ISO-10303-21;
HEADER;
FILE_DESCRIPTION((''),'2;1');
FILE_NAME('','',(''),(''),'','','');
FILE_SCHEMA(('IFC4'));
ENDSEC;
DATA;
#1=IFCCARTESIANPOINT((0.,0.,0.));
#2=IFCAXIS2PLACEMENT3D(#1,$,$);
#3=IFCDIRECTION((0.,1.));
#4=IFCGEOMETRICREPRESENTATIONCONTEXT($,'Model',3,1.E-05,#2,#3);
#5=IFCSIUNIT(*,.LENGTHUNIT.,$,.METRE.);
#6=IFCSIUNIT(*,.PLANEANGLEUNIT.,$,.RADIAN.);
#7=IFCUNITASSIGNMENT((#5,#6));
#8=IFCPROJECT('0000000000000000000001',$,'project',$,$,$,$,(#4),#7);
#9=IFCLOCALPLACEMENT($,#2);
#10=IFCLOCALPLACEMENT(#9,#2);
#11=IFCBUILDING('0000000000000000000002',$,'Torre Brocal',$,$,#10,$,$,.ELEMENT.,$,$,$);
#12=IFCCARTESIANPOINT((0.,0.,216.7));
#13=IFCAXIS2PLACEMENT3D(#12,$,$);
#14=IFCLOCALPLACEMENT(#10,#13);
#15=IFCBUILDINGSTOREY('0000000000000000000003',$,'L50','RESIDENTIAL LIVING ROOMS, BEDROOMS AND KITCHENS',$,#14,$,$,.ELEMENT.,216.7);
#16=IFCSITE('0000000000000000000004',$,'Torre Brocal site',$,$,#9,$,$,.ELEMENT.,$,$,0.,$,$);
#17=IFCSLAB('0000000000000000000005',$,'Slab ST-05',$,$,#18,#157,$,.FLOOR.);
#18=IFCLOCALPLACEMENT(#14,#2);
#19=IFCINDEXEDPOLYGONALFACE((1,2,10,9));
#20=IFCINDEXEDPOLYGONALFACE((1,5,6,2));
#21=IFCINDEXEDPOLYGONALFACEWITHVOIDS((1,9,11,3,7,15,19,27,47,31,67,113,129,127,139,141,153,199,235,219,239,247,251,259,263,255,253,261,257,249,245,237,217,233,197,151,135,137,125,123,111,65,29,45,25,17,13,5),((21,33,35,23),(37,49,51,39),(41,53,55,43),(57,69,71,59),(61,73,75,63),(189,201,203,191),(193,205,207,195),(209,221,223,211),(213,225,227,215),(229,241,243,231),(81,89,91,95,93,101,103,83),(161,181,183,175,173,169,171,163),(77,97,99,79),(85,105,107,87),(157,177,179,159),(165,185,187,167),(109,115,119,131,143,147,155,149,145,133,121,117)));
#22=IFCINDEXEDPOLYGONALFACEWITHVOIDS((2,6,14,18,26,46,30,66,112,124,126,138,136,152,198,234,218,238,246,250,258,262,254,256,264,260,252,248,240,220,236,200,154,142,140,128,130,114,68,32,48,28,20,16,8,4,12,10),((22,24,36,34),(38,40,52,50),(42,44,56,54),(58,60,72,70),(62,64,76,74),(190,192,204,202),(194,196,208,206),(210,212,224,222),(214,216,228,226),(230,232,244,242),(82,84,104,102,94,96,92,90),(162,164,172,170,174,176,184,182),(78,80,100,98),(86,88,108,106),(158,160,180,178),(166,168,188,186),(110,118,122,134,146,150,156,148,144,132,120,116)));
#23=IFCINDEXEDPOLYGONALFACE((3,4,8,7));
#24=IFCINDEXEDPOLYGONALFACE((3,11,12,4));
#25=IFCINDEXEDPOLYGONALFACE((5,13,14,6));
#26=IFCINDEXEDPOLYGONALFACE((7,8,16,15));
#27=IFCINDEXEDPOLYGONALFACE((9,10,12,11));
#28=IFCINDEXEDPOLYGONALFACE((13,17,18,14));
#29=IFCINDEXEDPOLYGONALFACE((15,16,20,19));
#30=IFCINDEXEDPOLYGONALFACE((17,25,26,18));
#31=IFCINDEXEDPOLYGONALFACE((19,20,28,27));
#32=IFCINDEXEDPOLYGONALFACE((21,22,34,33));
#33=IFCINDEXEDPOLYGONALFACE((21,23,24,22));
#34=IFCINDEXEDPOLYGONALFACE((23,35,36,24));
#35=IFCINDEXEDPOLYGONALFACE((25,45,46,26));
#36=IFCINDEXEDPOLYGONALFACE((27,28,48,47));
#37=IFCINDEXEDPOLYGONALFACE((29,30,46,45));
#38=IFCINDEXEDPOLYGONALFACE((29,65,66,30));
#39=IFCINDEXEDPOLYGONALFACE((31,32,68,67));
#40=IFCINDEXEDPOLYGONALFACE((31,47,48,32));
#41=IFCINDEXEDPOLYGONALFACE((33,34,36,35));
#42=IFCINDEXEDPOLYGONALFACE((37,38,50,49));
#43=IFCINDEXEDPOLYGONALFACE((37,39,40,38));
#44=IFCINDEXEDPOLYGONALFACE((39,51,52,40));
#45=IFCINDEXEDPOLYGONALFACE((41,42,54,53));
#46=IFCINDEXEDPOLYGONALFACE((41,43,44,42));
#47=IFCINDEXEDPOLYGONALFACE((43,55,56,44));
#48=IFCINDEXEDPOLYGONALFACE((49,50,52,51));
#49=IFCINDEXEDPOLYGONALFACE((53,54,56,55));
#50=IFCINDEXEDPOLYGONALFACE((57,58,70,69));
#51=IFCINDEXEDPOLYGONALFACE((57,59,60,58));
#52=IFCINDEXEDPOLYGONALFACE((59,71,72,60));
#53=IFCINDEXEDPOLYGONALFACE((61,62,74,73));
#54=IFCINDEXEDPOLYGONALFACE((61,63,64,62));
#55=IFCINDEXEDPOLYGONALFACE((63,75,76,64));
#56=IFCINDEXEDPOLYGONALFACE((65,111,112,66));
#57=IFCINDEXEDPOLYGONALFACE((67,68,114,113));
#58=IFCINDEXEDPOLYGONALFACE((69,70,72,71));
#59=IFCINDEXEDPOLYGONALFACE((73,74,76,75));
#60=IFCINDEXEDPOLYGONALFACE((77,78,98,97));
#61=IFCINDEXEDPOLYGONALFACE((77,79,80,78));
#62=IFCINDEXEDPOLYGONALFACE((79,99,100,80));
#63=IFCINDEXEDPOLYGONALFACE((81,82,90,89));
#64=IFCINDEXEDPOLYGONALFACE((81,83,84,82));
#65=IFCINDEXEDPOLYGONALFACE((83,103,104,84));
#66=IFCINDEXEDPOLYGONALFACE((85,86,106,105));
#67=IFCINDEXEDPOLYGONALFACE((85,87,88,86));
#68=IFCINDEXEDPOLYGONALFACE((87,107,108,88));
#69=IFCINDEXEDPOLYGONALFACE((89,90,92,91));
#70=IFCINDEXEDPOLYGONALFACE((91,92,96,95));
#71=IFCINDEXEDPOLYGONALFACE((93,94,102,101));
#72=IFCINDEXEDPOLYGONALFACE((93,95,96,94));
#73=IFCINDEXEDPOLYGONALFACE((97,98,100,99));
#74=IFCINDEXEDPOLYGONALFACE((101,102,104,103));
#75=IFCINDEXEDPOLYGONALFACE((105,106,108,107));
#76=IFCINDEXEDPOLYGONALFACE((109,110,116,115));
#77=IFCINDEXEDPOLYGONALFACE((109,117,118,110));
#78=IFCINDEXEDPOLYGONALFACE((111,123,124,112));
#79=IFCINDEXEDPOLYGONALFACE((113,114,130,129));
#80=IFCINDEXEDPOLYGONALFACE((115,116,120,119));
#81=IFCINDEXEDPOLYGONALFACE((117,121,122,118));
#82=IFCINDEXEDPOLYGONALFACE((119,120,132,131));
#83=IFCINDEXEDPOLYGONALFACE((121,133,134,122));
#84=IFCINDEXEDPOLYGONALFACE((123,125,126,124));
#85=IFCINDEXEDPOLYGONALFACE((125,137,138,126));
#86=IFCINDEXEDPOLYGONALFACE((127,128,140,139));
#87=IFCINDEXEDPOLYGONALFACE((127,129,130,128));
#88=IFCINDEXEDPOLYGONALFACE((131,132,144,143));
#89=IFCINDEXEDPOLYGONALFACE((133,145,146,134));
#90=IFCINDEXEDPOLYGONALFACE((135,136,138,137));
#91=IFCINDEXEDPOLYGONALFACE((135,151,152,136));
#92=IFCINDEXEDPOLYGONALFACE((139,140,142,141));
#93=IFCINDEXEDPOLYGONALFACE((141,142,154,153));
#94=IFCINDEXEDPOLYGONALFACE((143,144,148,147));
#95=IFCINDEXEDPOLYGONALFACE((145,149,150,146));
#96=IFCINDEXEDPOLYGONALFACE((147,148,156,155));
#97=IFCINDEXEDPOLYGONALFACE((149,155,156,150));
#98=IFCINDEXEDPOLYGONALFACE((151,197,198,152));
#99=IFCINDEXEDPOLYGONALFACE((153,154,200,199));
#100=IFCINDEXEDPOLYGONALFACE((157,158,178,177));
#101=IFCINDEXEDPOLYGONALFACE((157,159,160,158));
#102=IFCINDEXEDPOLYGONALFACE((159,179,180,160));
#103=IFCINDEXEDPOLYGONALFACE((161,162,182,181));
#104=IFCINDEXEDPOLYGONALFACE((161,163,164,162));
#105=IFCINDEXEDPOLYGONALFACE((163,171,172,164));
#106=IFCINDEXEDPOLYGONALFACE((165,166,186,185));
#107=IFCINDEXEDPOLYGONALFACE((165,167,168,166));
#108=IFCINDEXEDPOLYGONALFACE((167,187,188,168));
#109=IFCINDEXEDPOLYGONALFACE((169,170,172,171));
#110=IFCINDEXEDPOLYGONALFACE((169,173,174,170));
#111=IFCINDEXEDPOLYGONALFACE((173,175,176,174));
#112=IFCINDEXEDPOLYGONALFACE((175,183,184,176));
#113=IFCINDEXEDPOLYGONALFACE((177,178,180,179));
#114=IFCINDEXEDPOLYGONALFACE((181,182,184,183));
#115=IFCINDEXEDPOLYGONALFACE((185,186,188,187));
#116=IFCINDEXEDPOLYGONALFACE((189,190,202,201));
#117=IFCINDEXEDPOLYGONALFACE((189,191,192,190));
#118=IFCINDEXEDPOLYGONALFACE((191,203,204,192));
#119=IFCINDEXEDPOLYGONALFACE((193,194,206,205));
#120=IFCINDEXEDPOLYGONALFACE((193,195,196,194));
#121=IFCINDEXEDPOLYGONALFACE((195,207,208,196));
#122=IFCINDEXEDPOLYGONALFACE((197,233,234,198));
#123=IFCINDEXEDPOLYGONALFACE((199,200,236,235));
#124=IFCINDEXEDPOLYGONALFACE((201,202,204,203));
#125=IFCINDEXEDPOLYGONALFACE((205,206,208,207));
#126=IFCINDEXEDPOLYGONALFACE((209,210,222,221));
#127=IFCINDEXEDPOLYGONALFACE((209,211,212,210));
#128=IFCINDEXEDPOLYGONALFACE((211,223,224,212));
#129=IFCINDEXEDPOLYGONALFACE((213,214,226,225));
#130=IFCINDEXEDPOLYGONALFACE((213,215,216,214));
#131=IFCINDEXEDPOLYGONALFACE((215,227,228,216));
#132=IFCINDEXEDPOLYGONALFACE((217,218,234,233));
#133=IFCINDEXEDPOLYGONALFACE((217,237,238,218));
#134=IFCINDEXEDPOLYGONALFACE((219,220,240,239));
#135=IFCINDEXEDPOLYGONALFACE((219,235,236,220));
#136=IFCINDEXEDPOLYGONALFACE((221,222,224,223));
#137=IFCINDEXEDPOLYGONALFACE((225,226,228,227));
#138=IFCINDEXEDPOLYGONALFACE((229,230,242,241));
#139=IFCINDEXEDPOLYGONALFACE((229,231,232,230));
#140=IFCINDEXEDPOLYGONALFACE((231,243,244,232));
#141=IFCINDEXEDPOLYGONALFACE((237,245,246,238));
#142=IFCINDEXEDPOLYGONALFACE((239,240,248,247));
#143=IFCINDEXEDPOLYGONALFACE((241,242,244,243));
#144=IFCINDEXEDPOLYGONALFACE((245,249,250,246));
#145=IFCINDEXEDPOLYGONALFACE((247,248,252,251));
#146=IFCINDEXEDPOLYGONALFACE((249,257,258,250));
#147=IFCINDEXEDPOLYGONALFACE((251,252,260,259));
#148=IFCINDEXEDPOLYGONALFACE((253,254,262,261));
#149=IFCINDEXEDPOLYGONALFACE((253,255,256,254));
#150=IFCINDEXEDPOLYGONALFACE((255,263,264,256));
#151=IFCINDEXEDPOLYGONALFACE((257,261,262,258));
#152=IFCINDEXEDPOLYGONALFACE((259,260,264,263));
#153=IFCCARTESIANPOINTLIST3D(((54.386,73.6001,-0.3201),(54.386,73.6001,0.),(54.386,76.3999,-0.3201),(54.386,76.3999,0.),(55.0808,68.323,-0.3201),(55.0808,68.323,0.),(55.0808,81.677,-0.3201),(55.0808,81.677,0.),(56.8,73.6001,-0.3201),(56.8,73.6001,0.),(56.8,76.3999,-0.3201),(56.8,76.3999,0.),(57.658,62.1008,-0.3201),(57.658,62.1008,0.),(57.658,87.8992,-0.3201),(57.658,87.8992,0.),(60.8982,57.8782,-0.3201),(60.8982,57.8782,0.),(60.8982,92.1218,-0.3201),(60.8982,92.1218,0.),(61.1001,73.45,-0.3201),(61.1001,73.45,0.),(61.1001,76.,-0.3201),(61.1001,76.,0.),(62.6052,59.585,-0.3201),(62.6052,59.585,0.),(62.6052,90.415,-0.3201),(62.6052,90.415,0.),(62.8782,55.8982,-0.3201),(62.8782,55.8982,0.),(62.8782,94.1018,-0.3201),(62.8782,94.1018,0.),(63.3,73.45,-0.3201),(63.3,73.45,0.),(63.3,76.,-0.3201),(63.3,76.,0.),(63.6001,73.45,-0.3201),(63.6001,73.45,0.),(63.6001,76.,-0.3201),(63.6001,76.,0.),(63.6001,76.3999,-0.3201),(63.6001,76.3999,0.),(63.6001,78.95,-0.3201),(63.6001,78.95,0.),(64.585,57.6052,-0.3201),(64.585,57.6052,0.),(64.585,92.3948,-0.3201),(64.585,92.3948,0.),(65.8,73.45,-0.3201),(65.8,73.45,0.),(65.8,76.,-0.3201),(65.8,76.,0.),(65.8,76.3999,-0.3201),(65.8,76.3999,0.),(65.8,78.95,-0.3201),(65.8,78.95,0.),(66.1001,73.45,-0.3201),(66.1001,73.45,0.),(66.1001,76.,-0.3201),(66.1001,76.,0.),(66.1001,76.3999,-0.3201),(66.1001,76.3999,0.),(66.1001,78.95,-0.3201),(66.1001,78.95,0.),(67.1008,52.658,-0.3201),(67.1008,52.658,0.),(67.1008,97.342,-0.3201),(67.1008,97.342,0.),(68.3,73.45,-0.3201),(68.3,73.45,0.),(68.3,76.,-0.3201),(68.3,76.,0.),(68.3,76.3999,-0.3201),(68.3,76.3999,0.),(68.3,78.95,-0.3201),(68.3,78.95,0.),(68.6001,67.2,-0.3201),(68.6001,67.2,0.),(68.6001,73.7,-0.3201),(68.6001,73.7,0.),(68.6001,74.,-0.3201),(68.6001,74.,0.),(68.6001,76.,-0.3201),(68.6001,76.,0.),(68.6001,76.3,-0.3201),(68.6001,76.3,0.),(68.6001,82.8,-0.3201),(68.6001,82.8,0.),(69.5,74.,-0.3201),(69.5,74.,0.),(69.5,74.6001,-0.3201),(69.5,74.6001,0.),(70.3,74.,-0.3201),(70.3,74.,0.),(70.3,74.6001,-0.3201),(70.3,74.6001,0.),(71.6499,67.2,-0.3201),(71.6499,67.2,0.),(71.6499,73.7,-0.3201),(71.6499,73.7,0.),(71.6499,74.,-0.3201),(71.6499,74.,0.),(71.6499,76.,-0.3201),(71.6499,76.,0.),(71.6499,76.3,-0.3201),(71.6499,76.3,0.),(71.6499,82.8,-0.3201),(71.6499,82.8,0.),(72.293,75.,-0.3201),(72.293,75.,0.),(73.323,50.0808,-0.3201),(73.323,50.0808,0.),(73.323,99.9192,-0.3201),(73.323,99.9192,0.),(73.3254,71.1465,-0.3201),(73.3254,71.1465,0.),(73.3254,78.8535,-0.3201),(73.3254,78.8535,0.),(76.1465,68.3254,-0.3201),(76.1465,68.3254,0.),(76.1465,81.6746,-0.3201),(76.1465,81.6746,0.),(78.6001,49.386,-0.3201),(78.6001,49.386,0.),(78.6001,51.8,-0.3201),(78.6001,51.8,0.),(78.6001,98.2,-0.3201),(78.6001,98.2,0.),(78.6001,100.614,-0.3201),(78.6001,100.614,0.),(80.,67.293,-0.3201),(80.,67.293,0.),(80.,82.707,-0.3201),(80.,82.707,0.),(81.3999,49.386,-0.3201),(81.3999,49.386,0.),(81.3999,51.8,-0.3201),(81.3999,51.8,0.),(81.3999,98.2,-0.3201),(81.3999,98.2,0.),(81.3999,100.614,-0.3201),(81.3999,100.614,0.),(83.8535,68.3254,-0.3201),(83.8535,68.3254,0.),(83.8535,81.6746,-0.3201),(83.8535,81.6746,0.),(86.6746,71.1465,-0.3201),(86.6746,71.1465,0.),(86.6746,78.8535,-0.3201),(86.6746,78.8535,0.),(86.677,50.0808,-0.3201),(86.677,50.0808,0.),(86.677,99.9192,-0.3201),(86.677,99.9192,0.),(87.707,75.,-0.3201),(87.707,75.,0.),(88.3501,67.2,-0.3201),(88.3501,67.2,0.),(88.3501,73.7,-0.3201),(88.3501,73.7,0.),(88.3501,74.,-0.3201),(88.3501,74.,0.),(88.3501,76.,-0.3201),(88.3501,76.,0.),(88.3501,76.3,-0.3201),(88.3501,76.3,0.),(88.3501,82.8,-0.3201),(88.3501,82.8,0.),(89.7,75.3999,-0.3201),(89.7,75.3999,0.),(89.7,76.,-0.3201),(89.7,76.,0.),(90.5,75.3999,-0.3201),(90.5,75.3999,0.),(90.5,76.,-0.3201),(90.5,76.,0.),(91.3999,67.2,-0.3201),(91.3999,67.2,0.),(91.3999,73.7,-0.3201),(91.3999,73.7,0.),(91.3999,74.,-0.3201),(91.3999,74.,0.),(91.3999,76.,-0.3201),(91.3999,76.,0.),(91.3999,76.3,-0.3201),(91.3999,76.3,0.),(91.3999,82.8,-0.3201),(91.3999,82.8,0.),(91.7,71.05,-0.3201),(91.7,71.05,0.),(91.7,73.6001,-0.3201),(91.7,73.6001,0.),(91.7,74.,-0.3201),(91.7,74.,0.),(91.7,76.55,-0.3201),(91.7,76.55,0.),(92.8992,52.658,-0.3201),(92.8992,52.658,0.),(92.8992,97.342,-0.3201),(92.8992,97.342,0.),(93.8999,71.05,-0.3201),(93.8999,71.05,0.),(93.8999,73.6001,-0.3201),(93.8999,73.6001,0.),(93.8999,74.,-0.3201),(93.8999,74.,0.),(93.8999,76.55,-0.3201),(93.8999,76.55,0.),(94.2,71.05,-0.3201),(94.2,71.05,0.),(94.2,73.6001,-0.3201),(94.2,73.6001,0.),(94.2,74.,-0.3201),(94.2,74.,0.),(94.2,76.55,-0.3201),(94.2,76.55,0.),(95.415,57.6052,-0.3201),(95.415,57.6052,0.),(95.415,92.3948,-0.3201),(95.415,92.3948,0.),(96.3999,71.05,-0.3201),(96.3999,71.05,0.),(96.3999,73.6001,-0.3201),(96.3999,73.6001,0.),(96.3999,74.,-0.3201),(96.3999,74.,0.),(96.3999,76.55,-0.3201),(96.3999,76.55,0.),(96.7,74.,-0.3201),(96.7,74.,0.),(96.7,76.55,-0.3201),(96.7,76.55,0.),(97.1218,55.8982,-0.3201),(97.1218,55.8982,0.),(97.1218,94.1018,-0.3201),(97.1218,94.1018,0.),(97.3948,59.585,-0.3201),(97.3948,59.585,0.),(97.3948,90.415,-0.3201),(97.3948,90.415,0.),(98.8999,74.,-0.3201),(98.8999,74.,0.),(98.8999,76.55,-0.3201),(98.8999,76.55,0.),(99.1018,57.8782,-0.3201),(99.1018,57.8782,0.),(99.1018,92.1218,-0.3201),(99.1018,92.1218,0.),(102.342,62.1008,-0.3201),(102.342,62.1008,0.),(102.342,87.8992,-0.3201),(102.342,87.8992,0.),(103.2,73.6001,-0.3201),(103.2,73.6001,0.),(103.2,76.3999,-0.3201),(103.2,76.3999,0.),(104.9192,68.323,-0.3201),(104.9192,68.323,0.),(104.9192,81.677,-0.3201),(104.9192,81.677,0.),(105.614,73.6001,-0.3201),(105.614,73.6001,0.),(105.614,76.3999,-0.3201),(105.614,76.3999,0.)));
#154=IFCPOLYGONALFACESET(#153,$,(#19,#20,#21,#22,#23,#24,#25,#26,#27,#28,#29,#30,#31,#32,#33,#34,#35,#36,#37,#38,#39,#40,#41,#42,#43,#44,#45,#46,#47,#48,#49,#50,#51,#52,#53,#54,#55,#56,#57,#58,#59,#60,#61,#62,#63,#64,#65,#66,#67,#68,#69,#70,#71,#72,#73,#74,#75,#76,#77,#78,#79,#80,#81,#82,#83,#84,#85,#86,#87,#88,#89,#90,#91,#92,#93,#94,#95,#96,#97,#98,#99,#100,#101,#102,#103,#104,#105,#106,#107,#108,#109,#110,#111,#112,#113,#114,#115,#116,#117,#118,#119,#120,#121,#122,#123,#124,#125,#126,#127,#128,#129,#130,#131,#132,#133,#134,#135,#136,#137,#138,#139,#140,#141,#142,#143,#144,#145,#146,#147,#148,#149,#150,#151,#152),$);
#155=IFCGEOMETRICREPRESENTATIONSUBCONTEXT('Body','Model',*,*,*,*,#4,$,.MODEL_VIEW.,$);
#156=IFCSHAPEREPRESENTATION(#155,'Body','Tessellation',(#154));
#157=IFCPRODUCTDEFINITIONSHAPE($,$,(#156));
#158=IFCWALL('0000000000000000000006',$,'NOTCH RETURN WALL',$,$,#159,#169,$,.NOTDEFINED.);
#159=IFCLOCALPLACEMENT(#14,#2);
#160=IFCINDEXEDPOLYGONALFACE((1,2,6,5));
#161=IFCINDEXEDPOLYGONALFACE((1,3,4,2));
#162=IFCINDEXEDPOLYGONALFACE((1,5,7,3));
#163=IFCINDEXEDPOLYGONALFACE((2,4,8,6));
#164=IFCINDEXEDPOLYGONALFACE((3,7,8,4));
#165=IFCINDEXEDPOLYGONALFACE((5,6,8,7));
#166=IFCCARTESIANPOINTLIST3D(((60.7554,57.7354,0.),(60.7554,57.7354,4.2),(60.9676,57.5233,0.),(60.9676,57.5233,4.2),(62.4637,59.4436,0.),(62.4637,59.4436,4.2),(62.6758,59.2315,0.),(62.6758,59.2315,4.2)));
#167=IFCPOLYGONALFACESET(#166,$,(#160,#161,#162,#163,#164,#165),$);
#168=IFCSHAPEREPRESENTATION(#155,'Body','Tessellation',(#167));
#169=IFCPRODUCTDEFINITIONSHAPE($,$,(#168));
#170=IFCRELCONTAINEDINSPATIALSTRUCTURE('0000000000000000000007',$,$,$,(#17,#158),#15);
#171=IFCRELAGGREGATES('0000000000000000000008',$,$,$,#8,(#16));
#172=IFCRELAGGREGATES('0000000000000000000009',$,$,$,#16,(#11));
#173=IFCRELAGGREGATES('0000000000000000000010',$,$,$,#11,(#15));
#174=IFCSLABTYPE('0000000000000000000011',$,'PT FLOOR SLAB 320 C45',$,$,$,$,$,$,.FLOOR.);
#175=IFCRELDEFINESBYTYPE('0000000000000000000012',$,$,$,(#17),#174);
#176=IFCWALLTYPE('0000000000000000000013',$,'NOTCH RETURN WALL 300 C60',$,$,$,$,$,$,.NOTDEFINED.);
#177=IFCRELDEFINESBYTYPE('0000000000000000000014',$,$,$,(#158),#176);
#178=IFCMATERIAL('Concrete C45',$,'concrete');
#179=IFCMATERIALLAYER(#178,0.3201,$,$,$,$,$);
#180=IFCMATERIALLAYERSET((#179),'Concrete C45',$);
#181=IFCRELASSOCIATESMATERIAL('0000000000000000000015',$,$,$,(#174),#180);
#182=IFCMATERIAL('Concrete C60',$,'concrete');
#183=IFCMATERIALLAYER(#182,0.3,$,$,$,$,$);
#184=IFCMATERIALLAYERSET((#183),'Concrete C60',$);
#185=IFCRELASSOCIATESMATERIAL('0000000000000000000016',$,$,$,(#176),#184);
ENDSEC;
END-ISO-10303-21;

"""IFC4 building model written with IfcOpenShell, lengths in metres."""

from ifc_helpers import new_model, si_unit, direction, frame, frame_2d, origin, place, context, subcontext, project, spatial, polyline, rectangle, outline, extrude, material, layer, layer_set, type_object, element, save


model = new_model("IFC4")

# Units and contexts
model_context = context("Model", 3, precision=1e-05, world=origin(), true_north=direction((0.0, 1.0)))
body_context = subcontext(model_context, "Body", "Model", "MODEL_VIEW")
ifc_project = project(units=[si_unit("LENGTHUNIT", "METRE"), si_unit("PLANEANGLEUNIT", "RADIAN")], contexts=[model_context])

# Site, building, storey
site_placement = place(None, origin())
site = spatial("IfcSite", under=ifc_project, at=site_placement, Name="Torre Brocal site", CompositionType="ELEMENT", RefElevation=0.0)
building_placement = place(site_placement, origin())
building = spatial("IfcBuilding", under=site, at=building_placement, Name="Torre Brocal", CompositionType="ELEMENT")
storey_placement = place(building_placement, frame((0.0, 0.0, 216.7)))
storey = spatial("IfcBuildingStorey", under=building, at=storey_placement, Name="L50", Description="RESIDENTIAL LIVING ROOMS, BEDROOMS AND KITCHENS", CompositionType="ELEMENT", Elevation=216.7)

# Slab
ifc_material_1 = material(Name="Concrete C45", Category="concrete")
ifc_layer_1 = layer(ifc_material_1, 0.3201)
ifc_layer_set_1 = layer_set([ifc_layer_1], Name="Concrete C45")
slab_type_1 = type_object("IfcSlabType", Name="PT FLOOR SLAB 320 C45", PredefinedType="FLOOR", material=ifc_layer_set_1)
slab_1_placement = place(storey_placement, frame((0.0, 0.0, -0.3201)))
element("IfcSlab", 1, at=slab_1_placement, inside=storey, type_object=slab_type_1, Name="Slab ST-05", PredefinedType="FLOOR", context=body_context, shape_type="SweptSolid", body=[
    extrude(outline(polyline([(103.2, 76.3999), (103.2, 73.6001), (105.614, 73.6001), (104.9192, 68.323), (102.342, 62.1008), (99.1018, 57.8782), (97.3948, 59.585), (95.415, 57.6052), (97.1218, 55.8982), (92.8992, 52.658), (86.677, 50.0808), (81.3999, 49.386), (81.3999, 51.8), (78.6001, 51.8), (78.6001, 49.386), (73.323, 50.0808), (67.1008, 52.658), (62.8782, 55.8982), (64.585, 57.6052), (62.6052, 59.585), (60.8982, 57.8782), (57.658, 62.1008), (55.0808, 68.323), (54.386, 73.6001), (56.8, 73.6001), (56.8, 76.3999), (54.386, 76.3999), (55.0808, 81.677), (57.658, 87.8992), (60.8982, 92.1218), (62.6052, 90.415), (64.585, 92.3948), (62.8782, 94.1018), (67.1008, 97.342), (73.323, 99.9192), (78.6001, 100.614), (78.6001, 98.2), (81.3999, 98.2), (81.3999, 100.614), (86.677, 99.9192), (92.8992, 97.342), (97.1218, 94.1018), (95.415, 92.3948), (97.3948, 90.415), (99.1018, 92.1218), (102.342, 87.8992), (104.9192, 81.677), (105.614, 76.3999), (103.2, 76.3999)]), holes=[polyline([(98.8999, 76.55), (96.7, 76.55), (96.7, 74.0), (98.8999, 74.0), (98.8999, 76.55)]), polyline([(96.3999, 76.55), (94.2, 76.55), (94.2, 74.0), (96.3999, 74.0), (96.3999, 76.55)]), polyline([(96.3999, 73.6001), (94.2, 73.6001), (94.2, 71.05), (96.3999, 71.05), (96.3999, 73.6001)]), polyline([(93.8999, 76.55), (91.7, 76.55), (91.7, 74.0), (93.8999, 74.0), (93.8999, 76.55)]), polyline([(93.8999, 73.6001), (91.7, 73.6001), (91.7, 71.05), (93.8999, 71.05), (93.8999, 73.6001)]), polyline([(89.7, 76.0), (88.3501, 76.0), (88.3501, 74.0), (91.3999, 74.0), (91.3999, 76.0), (90.5, 76.0), (90.5, 75.3999), (89.7, 75.3999), (89.7, 76.0)]), polyline([(91.3999, 82.8), (88.3501, 82.8), (88.3501, 76.3), (91.3999, 76.3), (91.3999, 82.8)]), polyline([(91.3999, 73.7), (88.3501, 73.7), (88.3501, 67.2), (91.3999, 67.2), (91.3999, 73.7)]), polyline([(80.0, 82.707), (76.1465, 81.6746), (73.3254, 78.8535), (72.293, 75.0), (73.3254, 71.1465), (76.1465, 68.3254), (80.0, 67.293), (83.8535, 68.3254), (86.6746, 71.1465), (87.707, 75.0), (86.6746, 78.8535), (83.8535, 81.6746), (80.0, 82.707)]), polyline([(70.3, 74.0), (71.6499, 74.0), (71.6499, 76.0), (68.6001, 76.0), (68.6001, 74.0), (69.5, 74.0), (69.5, 74.6001), (70.3, 74.6001), (70.3, 74.0)]), polyline([(68.6001, 76.3), (71.6499, 76.3), (71.6499, 82.8), (68.6001, 82.8), (68.6001, 76.3)]), polyline([(68.6001, 67.2), (71.6499, 67.2), (71.6499, 73.7), (68.6001, 73.7), (68.6001, 67.2)]), polyline([(66.1001, 76.3999), (68.3, 76.3999), (68.3, 78.95), (66.1001, 78.95), (66.1001, 76.3999)]), polyline([(66.1001, 73.45), (68.3, 73.45), (68.3, 76.0), (66.1001, 76.0), (66.1001, 73.45)]), polyline([(63.6001, 76.3999), (65.8, 76.3999), (65.8, 78.95), (63.6001, 78.95), (63.6001, 76.3999)]), polyline([(63.6001, 73.45), (65.8, 73.45), (65.8, 76.0), (63.6001, 76.0), (63.6001, 73.45)]), polyline([(61.1001, 73.45), (63.3, 73.45), (63.3, 76.0), (61.1001, 76.0), (61.1001, 73.45)])]), origin(), (0.0, 0.0, 1.0), 0.3201),
])

# Wall
ifc_material_2 = material(Name="Concrete C60", Category="concrete")
ifc_layer_2 = layer(ifc_material_2, 0.3)
ifc_layer_set_2 = layer_set([ifc_layer_2], Name="Concrete C60")
wall_type_1 = type_object("IfcWallType", Name="NOTCH RETURN WALL 300 C60", PredefinedType="NOTDEFINED", material=ifc_layer_set_2)
for number, where, z_axis, x_axis, name in (
    (2, (62.5698, 59.3376, 0.0), (0.0, 0.0, 1.0), (-0.707107, -0.707107, 0.0), "NOTCH RETURN WALL"),
):
    element("IfcWall", number, at=place(storey_placement, frame(where, z_axis=z_axis, x_axis=x_axis)), inside=storey, type_object=wall_type_1, Name=name, PredefinedType="NOTDEFINED", context=body_context, shape_type="SweptSolid", body=[
        extrude(rectangle(XDim=2.4158, YDim=0.3, at=frame_2d((1.208, 0.0))), origin(), (0.0, 0.0, 1.0), 4.2),
    ])

save(model, "model.ifc")
